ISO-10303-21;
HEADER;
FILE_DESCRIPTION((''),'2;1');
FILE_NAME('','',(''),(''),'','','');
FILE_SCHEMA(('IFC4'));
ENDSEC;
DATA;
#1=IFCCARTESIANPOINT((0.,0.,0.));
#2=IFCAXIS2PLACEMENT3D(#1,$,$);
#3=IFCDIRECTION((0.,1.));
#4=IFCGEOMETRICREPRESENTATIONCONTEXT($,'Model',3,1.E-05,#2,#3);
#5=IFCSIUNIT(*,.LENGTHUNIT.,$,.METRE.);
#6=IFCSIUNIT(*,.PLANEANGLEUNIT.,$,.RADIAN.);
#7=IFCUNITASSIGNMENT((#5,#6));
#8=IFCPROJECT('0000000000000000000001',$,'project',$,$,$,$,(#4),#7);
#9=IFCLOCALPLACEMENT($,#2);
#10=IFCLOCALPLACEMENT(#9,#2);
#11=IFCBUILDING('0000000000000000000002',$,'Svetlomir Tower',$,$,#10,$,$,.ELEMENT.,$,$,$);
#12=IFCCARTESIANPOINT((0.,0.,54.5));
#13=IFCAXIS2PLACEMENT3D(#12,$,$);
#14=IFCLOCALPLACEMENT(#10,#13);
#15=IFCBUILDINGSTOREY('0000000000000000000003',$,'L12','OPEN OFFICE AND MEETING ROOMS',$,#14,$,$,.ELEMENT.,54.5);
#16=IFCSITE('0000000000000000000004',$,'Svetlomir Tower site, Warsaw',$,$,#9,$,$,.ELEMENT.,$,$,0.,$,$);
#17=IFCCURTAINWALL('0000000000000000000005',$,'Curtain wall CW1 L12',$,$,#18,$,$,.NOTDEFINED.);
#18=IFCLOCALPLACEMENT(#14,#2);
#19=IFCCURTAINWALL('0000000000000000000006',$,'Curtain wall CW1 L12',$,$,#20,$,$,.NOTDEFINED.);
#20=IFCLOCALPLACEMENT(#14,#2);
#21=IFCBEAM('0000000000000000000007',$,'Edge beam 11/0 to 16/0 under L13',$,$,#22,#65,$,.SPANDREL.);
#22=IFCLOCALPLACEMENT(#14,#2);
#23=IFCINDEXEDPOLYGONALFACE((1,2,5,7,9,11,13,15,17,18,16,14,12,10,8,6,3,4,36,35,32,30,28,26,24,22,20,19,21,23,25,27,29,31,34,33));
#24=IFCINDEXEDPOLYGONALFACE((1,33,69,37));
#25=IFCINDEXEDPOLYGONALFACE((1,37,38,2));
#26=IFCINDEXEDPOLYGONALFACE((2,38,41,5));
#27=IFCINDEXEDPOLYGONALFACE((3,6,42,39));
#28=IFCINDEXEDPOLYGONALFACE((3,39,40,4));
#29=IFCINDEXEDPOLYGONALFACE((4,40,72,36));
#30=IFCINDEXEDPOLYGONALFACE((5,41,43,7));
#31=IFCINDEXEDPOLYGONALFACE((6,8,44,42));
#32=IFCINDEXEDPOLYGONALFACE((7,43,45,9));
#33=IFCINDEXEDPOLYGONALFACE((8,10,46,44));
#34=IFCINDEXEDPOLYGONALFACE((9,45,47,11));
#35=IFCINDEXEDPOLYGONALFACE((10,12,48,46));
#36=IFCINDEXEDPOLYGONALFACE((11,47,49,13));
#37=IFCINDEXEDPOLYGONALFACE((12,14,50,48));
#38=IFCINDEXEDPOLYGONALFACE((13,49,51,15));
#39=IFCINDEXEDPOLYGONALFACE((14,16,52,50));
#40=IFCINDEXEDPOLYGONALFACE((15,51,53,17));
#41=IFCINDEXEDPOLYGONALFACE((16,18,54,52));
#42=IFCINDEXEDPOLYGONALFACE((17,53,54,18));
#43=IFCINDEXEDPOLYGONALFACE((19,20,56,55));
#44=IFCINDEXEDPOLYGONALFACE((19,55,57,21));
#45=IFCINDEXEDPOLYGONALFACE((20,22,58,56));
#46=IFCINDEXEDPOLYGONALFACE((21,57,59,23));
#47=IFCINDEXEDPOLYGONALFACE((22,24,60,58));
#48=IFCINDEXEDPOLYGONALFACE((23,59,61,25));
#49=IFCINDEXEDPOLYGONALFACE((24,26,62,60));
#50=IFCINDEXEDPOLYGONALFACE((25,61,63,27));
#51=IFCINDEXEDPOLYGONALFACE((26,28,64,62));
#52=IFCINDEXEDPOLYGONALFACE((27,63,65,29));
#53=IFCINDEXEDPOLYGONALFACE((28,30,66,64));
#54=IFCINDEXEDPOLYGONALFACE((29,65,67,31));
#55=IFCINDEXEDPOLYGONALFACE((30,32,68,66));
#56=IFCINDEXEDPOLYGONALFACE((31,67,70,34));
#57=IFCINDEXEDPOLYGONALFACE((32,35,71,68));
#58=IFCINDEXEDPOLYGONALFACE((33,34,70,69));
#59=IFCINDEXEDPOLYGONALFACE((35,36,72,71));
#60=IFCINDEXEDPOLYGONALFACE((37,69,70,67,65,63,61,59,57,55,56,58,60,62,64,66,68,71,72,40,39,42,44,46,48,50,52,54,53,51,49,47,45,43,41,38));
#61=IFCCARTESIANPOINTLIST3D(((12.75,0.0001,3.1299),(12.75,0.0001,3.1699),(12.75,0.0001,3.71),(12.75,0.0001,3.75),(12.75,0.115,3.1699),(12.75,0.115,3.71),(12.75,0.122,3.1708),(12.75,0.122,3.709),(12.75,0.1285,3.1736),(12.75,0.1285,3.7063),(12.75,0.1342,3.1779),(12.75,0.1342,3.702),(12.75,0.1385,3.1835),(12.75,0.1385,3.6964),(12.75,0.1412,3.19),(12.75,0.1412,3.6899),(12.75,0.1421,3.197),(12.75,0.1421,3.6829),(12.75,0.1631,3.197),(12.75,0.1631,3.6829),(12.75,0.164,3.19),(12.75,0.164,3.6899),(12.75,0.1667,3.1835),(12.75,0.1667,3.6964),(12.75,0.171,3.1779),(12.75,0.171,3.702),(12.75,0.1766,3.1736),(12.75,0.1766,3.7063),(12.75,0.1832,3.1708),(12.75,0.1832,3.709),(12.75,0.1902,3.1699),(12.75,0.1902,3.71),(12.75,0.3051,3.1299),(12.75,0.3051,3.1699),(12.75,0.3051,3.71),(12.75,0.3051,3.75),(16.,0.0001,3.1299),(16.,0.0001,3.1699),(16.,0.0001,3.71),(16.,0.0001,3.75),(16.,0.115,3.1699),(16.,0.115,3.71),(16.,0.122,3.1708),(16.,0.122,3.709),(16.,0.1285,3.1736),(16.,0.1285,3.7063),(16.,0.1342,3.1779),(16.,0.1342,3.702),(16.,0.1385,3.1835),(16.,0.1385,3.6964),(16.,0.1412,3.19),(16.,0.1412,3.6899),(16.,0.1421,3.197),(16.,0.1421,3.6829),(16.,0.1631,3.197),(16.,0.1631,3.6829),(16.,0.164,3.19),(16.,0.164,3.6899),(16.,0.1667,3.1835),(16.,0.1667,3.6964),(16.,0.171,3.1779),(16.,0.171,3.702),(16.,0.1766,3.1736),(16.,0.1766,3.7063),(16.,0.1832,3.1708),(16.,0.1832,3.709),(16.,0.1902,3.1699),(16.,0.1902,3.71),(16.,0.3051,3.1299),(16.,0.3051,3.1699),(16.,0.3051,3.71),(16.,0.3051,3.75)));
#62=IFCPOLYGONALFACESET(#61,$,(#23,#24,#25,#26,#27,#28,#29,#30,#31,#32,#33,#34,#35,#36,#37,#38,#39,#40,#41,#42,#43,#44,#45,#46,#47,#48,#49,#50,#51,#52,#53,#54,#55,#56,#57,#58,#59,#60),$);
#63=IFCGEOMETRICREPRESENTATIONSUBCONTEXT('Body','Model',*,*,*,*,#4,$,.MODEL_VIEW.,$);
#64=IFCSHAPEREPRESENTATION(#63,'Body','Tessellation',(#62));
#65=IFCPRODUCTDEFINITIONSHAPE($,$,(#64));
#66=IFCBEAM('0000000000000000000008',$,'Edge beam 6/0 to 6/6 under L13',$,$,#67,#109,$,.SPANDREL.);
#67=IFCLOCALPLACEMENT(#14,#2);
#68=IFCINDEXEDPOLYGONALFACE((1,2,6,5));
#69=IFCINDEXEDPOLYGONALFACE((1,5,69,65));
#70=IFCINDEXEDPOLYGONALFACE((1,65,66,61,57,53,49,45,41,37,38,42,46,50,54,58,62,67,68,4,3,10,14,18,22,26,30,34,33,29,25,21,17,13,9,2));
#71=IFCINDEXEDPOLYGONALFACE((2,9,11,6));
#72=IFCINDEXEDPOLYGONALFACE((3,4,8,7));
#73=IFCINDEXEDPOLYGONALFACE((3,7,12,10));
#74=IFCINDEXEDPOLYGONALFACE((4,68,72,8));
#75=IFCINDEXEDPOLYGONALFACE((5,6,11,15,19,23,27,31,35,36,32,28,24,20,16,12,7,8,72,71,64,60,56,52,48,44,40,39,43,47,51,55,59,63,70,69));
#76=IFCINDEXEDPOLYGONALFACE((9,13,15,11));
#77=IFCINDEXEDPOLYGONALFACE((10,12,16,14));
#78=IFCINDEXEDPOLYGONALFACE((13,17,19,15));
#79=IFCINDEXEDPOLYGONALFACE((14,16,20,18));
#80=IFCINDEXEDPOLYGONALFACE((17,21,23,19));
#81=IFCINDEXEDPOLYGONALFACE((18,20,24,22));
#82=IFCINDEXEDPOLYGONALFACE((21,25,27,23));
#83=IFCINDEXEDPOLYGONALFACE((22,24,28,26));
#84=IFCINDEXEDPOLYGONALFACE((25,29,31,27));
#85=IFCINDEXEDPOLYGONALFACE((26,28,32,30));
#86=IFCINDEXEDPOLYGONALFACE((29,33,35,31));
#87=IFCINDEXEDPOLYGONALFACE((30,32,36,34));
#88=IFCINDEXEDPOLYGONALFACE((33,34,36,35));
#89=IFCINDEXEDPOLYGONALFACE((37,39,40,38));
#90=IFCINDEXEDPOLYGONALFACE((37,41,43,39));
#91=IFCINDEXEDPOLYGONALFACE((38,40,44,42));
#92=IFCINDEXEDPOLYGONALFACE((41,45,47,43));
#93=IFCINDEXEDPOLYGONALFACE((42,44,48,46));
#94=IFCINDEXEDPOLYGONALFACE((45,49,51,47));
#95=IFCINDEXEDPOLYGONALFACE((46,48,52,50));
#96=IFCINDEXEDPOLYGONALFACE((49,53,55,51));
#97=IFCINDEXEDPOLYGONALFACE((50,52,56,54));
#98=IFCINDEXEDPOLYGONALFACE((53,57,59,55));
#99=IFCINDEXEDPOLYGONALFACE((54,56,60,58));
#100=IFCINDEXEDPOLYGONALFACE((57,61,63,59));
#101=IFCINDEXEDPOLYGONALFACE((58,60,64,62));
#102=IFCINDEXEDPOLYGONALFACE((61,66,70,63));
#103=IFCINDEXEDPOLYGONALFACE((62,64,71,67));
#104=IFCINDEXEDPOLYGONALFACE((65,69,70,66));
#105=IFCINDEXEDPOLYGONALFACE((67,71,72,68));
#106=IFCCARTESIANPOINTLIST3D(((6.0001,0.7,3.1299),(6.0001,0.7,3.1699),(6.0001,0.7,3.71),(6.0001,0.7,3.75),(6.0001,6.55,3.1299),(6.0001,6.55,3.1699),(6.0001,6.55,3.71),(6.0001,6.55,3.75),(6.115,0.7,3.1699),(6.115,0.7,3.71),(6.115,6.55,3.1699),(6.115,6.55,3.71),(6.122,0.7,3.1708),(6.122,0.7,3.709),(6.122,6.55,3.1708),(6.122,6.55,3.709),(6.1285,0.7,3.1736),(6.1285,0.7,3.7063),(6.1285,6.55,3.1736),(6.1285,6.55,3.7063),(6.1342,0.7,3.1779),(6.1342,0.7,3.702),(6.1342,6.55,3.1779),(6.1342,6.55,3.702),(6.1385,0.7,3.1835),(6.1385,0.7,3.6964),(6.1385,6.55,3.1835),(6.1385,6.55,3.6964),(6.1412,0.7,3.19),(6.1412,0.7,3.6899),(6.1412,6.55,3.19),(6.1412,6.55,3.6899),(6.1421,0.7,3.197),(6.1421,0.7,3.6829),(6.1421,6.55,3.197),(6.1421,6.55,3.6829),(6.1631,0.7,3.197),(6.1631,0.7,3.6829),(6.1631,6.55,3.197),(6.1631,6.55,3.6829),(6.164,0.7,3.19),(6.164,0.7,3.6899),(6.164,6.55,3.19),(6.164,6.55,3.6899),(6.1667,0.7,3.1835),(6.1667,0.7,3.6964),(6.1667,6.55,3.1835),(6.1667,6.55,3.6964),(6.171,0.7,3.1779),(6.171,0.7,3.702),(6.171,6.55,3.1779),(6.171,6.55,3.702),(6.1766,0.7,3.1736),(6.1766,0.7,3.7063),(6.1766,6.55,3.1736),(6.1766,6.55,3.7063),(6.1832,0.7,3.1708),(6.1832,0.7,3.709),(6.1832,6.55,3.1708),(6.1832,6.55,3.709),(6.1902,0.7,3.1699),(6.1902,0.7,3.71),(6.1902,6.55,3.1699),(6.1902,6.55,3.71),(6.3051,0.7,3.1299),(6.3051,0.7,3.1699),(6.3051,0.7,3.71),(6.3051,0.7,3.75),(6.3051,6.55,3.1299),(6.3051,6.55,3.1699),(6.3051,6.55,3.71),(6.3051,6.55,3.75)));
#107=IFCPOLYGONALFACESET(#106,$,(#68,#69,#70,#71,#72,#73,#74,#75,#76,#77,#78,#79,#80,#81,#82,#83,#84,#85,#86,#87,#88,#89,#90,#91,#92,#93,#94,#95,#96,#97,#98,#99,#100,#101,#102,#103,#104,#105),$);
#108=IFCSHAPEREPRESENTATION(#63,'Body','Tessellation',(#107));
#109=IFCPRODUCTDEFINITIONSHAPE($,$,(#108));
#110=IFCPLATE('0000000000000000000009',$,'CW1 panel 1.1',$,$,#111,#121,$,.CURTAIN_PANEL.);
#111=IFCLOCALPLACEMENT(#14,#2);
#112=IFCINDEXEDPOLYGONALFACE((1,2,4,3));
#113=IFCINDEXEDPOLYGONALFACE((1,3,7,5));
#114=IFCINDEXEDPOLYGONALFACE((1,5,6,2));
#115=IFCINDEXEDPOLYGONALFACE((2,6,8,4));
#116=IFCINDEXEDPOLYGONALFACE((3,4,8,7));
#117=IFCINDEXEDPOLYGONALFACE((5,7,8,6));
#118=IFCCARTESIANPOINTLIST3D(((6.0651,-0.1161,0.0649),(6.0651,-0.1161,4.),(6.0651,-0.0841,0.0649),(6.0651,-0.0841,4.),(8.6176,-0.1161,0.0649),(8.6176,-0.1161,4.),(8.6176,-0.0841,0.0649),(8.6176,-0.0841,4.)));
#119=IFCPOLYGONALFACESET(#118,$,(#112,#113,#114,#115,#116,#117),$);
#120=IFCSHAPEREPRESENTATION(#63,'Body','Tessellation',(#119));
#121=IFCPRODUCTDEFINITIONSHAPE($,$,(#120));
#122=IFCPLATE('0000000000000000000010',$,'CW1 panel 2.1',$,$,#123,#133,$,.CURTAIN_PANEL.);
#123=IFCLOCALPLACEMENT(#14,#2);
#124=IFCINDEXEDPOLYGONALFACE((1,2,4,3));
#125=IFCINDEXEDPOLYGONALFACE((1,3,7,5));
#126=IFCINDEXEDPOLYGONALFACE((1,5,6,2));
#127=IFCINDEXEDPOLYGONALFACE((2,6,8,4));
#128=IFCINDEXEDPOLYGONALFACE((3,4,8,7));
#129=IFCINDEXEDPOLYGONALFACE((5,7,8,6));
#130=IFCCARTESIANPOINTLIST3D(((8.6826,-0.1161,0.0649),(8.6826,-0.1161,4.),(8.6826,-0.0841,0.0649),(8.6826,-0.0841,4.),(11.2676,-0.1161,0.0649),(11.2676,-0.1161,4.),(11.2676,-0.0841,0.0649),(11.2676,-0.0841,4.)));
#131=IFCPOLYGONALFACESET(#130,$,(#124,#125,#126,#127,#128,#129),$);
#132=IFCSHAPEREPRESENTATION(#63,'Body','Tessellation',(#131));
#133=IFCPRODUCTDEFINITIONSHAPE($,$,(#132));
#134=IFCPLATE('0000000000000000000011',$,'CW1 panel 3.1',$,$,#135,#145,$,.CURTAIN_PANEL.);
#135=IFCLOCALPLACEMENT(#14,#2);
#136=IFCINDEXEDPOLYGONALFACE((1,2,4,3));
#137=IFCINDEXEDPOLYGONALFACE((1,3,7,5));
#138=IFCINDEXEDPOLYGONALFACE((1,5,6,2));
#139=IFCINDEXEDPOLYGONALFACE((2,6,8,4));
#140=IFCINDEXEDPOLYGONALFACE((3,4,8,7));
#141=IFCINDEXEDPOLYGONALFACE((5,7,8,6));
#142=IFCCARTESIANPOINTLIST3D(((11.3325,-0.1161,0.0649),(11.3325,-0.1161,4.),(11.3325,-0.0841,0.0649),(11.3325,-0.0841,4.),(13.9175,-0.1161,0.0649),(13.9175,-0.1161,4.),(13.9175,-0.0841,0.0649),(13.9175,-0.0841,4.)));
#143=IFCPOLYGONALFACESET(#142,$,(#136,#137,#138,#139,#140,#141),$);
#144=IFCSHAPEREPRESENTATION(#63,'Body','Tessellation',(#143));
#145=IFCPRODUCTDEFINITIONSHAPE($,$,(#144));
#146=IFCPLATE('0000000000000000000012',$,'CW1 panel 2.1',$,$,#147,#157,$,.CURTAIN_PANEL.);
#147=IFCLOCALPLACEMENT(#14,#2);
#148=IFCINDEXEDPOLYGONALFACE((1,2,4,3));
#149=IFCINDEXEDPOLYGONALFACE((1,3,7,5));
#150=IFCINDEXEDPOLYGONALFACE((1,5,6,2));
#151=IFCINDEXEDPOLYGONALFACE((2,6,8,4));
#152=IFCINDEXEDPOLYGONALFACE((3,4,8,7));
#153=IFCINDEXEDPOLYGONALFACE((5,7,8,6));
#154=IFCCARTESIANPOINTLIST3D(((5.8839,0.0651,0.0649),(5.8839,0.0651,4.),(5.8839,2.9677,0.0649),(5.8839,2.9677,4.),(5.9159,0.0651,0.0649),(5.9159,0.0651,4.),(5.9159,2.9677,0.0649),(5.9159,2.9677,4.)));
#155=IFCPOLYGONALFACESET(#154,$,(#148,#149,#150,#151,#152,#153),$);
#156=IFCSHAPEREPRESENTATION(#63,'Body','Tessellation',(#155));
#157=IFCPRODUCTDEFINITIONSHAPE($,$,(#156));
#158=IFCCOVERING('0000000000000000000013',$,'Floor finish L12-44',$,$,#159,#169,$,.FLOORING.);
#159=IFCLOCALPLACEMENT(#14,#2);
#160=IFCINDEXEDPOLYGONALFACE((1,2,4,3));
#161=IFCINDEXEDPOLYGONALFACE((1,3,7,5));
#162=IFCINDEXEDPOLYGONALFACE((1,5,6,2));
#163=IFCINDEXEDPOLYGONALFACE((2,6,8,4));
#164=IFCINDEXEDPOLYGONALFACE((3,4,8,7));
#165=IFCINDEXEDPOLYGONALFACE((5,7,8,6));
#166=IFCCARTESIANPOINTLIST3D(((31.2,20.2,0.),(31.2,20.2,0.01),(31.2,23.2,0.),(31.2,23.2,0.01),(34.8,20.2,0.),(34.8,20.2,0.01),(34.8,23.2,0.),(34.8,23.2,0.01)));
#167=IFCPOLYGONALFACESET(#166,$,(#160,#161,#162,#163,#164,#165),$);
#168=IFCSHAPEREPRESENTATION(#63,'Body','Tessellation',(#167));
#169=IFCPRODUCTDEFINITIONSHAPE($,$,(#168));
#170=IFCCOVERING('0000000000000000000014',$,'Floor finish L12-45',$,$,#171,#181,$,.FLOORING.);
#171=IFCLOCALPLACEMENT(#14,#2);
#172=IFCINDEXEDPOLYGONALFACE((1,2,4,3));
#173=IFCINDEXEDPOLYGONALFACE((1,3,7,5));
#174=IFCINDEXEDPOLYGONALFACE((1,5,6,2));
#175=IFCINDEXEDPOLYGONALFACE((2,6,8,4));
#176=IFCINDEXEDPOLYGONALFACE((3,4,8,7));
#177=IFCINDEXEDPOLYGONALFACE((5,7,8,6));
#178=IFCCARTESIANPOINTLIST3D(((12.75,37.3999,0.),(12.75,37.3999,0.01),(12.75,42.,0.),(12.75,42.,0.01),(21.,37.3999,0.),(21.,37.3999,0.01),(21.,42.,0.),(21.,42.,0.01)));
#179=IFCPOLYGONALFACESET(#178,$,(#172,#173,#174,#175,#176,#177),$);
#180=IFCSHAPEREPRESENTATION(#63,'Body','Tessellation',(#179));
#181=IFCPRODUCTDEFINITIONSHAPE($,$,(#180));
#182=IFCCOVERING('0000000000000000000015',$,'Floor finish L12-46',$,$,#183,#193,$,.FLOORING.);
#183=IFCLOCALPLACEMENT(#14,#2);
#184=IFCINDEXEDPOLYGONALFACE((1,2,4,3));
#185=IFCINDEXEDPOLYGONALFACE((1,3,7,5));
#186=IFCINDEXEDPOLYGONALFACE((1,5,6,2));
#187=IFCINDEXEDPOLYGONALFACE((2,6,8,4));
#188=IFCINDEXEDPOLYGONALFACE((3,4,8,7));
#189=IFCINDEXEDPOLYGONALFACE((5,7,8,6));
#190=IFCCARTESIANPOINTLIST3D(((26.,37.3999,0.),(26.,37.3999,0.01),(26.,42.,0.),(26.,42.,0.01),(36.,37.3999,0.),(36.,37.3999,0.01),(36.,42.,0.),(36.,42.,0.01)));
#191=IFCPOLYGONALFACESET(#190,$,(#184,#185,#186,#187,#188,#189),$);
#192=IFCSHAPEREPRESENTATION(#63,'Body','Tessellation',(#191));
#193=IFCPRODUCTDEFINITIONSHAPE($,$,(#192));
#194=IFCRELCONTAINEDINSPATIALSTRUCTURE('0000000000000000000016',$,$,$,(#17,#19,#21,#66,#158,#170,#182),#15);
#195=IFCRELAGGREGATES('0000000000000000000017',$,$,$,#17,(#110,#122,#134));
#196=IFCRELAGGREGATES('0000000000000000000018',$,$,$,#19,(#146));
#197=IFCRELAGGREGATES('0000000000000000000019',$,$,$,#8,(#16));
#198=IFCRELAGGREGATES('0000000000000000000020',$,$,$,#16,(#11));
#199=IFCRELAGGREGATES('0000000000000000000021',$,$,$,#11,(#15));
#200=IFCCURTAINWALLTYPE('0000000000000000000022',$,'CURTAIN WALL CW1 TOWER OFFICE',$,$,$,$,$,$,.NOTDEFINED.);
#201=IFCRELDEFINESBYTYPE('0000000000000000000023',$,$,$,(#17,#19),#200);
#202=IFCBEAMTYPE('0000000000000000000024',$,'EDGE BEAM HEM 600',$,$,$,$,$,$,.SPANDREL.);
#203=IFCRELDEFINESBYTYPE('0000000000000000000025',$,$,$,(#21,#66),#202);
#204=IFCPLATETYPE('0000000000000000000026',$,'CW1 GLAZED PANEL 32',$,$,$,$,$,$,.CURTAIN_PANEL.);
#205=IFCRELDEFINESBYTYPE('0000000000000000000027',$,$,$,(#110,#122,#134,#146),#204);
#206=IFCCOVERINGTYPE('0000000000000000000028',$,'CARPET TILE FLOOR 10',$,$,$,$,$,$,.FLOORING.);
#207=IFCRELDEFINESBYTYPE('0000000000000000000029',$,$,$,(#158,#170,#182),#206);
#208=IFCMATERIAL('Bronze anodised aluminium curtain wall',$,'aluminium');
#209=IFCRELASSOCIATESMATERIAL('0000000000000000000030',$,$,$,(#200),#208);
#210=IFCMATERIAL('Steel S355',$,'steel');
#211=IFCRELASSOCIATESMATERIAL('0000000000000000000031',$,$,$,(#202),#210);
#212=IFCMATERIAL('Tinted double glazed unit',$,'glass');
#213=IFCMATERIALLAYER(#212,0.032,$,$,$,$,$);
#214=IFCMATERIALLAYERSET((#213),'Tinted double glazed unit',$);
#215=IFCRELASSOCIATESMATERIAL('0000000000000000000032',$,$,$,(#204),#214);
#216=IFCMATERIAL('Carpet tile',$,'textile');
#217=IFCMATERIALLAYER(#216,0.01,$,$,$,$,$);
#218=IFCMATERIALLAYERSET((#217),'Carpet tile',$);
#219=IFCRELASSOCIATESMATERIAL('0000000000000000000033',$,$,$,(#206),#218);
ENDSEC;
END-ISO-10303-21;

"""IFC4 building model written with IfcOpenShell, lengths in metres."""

from ifc_helpers import new_model, si_unit, direction, frame, origin, origin_2d, place, context, subcontext, project, spatial, polyline, rectangle, i_section, outline, extrude, material, layer, layer_set, material_profile, profile_set, type_object, element, aggregate, save


model = new_model("IFC4")

# Units and contexts
model_context = context("Model", 3, precision=1e-05, world=origin(), true_north=direction((0.0, 1.0)))
body_context = subcontext(model_context, "Body", "Model", "MODEL_VIEW")
ifc_project = project(units=[si_unit("LENGTHUNIT", "METRE"), si_unit("PLANEANGLEUNIT", "RADIAN")], contexts=[model_context])

# Site, building, storey
site_placement = place(None, origin())
site = spatial("IfcSite", under=ifc_project, at=site_placement, Name="Svetlomir Tower site, Warsaw", CompositionType="ELEMENT", RefElevation=0.0)
building_placement = place(site_placement, origin())
building = spatial("IfcBuilding", under=site, at=building_placement, Name="Svetlomir Tower", CompositionType="ELEMENT")
storey_placement = place(building_placement, frame((0.0, 0.0, 54.5)))
storey = spatial("IfcBuildingStorey", under=building, at=storey_placement, Name="L12", Description="OPEN OFFICE AND MEETING ROOMS", CompositionType="ELEMENT", Elevation=54.5)

# Curtain wall
ifc_material_1 = material(Name="Bronze anodised aluminium curtain wall", Category="aluminium")
curtain_wall_type = type_object("IfcCurtainWallType", Name="CURTAIN WALL CW1 TOWER OFFICE", PredefinedType="NOTDEFINED", material=ifc_material_1)
curtain_wall_1_placement = place(storey_placement, origin())
curtain_wall_1 = element("IfcCurtainWall", 1, at=curtain_wall_1_placement, inside=storey, type_object=curtain_wall_type, Name="Curtain wall CW1 L12", PredefinedType="NOTDEFINED")

# Curtain wall
curtain_wall_2_placement = place(storey_placement, origin())
curtain_wall_2 = element("IfcCurtainWall", 2, at=curtain_wall_2_placement, inside=storey, type_object=curtain_wall_type, Name="Curtain wall CW1 L12", PredefinedType="NOTDEFINED")

# Beams
ifc_material_2 = material(Name="Steel S355", Category="steel")
ifc_material_profile_1 = material_profile(ifc_material_2, i_section(OverallWidth=0.3049, OverallDepth=0.6201, WebThickness=0.021, FlangeThickness=0.04, FilletRadius=0.0271, at=origin_2d()), Name="HEM 600")
ifc_profile_set_1 = profile_set([ifc_material_profile_1], Name="Steel S355")
beam_type = type_object("IfcBeamType", Name="EDGE BEAM HEM 600", PredefinedType="SPANDREL", material=ifc_profile_set_1)
beam_1_placement = place(storey_placement, frame((12.75, 0.1526, 3.4399), z_axis=(1.0, 0.0, 0.0), x_axis=(0.0, 1.0, 0.0)))
element("IfcBeam", 3, at=beam_1_placement, inside=storey, type_object=beam_type, Name="Edge beam 11/0 to 16/0 under L13", PredefinedType="SPANDREL", context=body_context, shape_type="SweptSolid", body=[
    extrude(i_section(OverallWidth=0.3049, OverallDepth=0.6201, WebThickness=0.021, FlangeThickness=0.04, FilletRadius=0.0271, at=origin_2d()), origin(), (0.0, 0.0, 1.0), 3.25),
])
beam_2_placement = place(storey_placement, frame((6.1526, 0.7, 3.4399), z_axis=(0.0, 1.0, 0.0), x_axis=(-1.0, 0.0, 0.0)))
element("IfcBeam", 4, at=beam_2_placement, inside=storey, type_object=beam_type, Name="Edge beam 6/0 to 6/6 under L13", PredefinedType="SPANDREL", context=body_context, shape_type="SweptSolid", body=[
    extrude(i_section(OverallWidth=0.3049, OverallDepth=0.6201, WebThickness=0.021, FlangeThickness=0.04, FilletRadius=0.0271, at=origin_2d()), origin(), (0.0, 0.0, 1.0), 5.8501),
])

# Plates
ifc_material_3 = material(Name="Tinted double glazed unit", Category="glass")
ifc_layer_1 = layer(ifc_material_3, 0.032)
ifc_layer_set_1 = layer_set([ifc_layer_1], Name="Tinted double glazed unit")
plate_type = type_object("IfcPlateType", Name="CW1 GLAZED PANEL 32", PredefinedType="CURTAIN_PANEL", material=ifc_layer_set_1)
plate_1_placement = place(storey_placement, frame((7.3413, -0.1001, 0.0649), z_axis=(0.0, 0.0, 1.0), x_axis=(1.0, 0.0, 0.0)))
plate_1 = element("IfcPlate", 5, at=plate_1_placement, type_object=plate_type, Name="CW1 panel 1.1", PredefinedType="CURTAIN_PANEL", context=body_context, shape_type="SweptSolid", body=[
    extrude(rectangle(XDim=2.5525, YDim=0.032, at=origin_2d()), origin(), (0.0, 0.0, 1.0), 3.9351),
])
plate_2_placement = place(storey_placement, frame((9.9751, -0.1001, 0.0649), z_axis=(0.0, 0.0, 1.0), x_axis=(1.0, 0.0, 0.0)))
plate_2 = element("IfcPlate", 6, at=plate_2_placement, type_object=plate_type, Name="CW1 panel 2.1", PredefinedType="CURTAIN_PANEL", context=body_context, shape_type="SweptSolid", body=[
    extrude(rectangle(XDim=2.585, YDim=0.032, at=origin_2d()), origin(), (0.0, 0.0, 1.0), 3.9351),
])
plate_3_placement = place(storey_placement, frame((12.625, -0.1001, 0.0649), z_axis=(0.0, 0.0, 1.0), x_axis=(1.0, 0.0, 0.0)))
plate_3 = element("IfcPlate", 7, at=plate_3_placement, type_object=plate_type, Name="CW1 panel 3.1", PredefinedType="CURTAIN_PANEL", context=body_context, shape_type="SweptSolid", body=[
    extrude(rectangle(XDim=2.585, YDim=0.032, at=origin_2d()), origin(), (0.0, 0.0, 1.0), 3.9351),
])
aggregate(curtain_wall_1, [plate_1, plate_2, plate_3])
plate_4_placement = place(storey_placement, frame((5.8999, 1.5164, 0.0649), z_axis=(0.0, 0.0, 1.0), x_axis=(0.0, -1.0, 0.0)))
plate_4 = element("IfcPlate", 8, at=plate_4_placement, type_object=plate_type, Name="CW1 panel 2.1", PredefinedType="CURTAIN_PANEL", context=body_context, shape_type="SweptSolid", body=[
    extrude(rectangle(XDim=2.9026, YDim=0.032, at=origin_2d()), origin(), (0.0, 0.0, 1.0), 3.9351),
])
aggregate(curtain_wall_2, [plate_4])

# Coverings
ifc_material_4 = material(Name="Carpet tile", Category="textile")
ifc_layer_2 = layer(ifc_material_4, 0.01)
ifc_layer_set_2 = layer_set([ifc_layer_2], Name="Carpet tile")
covering_type_1 = type_object("IfcCoveringType", Name="CARPET TILE FLOOR 10", PredefinedType="FLOORING", material=ifc_layer_set_2)
covering_1_placement = place(storey_placement, origin())
element("IfcCovering", 9, at=covering_1_placement, inside=storey, type_object=covering_type_1, Name="Floor finish L12-44", PredefinedType="FLOORING", context=body_context, shape_type="SweptSolid", body=[
    extrude(outline(polyline([(31.2, 23.2), (34.8, 23.2), (34.8, 20.2), (31.2, 20.2), (31.2, 23.2)])), origin(), (0.0, 0.0, 1.0), 0.01),
])
covering_2_placement = place(storey_placement, origin())
element("IfcCovering", 10, at=covering_2_placement, inside=storey, type_object=covering_type_1, Name="Floor finish L12-45", PredefinedType="FLOORING", context=body_context, shape_type="SweptSolid", body=[
    extrude(outline(polyline([(21.0, 42.0), (21.0, 37.3999), (12.75, 37.3999), (12.75, 42.0), (21.0, 42.0)])), origin(), (0.0, 0.0, 1.0), 0.01),
])
covering_3_placement = place(storey_placement, origin())
element("IfcCovering", 11, at=covering_3_placement, inside=storey, type_object=covering_type_1, Name="Floor finish L12-46", PredefinedType="FLOORING", context=body_context, shape_type="SweptSolid", body=[
    extrude(outline(polyline([(36.0, 42.0), (36.0, 37.3999), (26.0, 37.3999), (26.0, 42.0), (36.0, 42.0)])), origin(), (0.0, 0.0, 1.0), 0.01),
])

save(model, "model.ifc")
